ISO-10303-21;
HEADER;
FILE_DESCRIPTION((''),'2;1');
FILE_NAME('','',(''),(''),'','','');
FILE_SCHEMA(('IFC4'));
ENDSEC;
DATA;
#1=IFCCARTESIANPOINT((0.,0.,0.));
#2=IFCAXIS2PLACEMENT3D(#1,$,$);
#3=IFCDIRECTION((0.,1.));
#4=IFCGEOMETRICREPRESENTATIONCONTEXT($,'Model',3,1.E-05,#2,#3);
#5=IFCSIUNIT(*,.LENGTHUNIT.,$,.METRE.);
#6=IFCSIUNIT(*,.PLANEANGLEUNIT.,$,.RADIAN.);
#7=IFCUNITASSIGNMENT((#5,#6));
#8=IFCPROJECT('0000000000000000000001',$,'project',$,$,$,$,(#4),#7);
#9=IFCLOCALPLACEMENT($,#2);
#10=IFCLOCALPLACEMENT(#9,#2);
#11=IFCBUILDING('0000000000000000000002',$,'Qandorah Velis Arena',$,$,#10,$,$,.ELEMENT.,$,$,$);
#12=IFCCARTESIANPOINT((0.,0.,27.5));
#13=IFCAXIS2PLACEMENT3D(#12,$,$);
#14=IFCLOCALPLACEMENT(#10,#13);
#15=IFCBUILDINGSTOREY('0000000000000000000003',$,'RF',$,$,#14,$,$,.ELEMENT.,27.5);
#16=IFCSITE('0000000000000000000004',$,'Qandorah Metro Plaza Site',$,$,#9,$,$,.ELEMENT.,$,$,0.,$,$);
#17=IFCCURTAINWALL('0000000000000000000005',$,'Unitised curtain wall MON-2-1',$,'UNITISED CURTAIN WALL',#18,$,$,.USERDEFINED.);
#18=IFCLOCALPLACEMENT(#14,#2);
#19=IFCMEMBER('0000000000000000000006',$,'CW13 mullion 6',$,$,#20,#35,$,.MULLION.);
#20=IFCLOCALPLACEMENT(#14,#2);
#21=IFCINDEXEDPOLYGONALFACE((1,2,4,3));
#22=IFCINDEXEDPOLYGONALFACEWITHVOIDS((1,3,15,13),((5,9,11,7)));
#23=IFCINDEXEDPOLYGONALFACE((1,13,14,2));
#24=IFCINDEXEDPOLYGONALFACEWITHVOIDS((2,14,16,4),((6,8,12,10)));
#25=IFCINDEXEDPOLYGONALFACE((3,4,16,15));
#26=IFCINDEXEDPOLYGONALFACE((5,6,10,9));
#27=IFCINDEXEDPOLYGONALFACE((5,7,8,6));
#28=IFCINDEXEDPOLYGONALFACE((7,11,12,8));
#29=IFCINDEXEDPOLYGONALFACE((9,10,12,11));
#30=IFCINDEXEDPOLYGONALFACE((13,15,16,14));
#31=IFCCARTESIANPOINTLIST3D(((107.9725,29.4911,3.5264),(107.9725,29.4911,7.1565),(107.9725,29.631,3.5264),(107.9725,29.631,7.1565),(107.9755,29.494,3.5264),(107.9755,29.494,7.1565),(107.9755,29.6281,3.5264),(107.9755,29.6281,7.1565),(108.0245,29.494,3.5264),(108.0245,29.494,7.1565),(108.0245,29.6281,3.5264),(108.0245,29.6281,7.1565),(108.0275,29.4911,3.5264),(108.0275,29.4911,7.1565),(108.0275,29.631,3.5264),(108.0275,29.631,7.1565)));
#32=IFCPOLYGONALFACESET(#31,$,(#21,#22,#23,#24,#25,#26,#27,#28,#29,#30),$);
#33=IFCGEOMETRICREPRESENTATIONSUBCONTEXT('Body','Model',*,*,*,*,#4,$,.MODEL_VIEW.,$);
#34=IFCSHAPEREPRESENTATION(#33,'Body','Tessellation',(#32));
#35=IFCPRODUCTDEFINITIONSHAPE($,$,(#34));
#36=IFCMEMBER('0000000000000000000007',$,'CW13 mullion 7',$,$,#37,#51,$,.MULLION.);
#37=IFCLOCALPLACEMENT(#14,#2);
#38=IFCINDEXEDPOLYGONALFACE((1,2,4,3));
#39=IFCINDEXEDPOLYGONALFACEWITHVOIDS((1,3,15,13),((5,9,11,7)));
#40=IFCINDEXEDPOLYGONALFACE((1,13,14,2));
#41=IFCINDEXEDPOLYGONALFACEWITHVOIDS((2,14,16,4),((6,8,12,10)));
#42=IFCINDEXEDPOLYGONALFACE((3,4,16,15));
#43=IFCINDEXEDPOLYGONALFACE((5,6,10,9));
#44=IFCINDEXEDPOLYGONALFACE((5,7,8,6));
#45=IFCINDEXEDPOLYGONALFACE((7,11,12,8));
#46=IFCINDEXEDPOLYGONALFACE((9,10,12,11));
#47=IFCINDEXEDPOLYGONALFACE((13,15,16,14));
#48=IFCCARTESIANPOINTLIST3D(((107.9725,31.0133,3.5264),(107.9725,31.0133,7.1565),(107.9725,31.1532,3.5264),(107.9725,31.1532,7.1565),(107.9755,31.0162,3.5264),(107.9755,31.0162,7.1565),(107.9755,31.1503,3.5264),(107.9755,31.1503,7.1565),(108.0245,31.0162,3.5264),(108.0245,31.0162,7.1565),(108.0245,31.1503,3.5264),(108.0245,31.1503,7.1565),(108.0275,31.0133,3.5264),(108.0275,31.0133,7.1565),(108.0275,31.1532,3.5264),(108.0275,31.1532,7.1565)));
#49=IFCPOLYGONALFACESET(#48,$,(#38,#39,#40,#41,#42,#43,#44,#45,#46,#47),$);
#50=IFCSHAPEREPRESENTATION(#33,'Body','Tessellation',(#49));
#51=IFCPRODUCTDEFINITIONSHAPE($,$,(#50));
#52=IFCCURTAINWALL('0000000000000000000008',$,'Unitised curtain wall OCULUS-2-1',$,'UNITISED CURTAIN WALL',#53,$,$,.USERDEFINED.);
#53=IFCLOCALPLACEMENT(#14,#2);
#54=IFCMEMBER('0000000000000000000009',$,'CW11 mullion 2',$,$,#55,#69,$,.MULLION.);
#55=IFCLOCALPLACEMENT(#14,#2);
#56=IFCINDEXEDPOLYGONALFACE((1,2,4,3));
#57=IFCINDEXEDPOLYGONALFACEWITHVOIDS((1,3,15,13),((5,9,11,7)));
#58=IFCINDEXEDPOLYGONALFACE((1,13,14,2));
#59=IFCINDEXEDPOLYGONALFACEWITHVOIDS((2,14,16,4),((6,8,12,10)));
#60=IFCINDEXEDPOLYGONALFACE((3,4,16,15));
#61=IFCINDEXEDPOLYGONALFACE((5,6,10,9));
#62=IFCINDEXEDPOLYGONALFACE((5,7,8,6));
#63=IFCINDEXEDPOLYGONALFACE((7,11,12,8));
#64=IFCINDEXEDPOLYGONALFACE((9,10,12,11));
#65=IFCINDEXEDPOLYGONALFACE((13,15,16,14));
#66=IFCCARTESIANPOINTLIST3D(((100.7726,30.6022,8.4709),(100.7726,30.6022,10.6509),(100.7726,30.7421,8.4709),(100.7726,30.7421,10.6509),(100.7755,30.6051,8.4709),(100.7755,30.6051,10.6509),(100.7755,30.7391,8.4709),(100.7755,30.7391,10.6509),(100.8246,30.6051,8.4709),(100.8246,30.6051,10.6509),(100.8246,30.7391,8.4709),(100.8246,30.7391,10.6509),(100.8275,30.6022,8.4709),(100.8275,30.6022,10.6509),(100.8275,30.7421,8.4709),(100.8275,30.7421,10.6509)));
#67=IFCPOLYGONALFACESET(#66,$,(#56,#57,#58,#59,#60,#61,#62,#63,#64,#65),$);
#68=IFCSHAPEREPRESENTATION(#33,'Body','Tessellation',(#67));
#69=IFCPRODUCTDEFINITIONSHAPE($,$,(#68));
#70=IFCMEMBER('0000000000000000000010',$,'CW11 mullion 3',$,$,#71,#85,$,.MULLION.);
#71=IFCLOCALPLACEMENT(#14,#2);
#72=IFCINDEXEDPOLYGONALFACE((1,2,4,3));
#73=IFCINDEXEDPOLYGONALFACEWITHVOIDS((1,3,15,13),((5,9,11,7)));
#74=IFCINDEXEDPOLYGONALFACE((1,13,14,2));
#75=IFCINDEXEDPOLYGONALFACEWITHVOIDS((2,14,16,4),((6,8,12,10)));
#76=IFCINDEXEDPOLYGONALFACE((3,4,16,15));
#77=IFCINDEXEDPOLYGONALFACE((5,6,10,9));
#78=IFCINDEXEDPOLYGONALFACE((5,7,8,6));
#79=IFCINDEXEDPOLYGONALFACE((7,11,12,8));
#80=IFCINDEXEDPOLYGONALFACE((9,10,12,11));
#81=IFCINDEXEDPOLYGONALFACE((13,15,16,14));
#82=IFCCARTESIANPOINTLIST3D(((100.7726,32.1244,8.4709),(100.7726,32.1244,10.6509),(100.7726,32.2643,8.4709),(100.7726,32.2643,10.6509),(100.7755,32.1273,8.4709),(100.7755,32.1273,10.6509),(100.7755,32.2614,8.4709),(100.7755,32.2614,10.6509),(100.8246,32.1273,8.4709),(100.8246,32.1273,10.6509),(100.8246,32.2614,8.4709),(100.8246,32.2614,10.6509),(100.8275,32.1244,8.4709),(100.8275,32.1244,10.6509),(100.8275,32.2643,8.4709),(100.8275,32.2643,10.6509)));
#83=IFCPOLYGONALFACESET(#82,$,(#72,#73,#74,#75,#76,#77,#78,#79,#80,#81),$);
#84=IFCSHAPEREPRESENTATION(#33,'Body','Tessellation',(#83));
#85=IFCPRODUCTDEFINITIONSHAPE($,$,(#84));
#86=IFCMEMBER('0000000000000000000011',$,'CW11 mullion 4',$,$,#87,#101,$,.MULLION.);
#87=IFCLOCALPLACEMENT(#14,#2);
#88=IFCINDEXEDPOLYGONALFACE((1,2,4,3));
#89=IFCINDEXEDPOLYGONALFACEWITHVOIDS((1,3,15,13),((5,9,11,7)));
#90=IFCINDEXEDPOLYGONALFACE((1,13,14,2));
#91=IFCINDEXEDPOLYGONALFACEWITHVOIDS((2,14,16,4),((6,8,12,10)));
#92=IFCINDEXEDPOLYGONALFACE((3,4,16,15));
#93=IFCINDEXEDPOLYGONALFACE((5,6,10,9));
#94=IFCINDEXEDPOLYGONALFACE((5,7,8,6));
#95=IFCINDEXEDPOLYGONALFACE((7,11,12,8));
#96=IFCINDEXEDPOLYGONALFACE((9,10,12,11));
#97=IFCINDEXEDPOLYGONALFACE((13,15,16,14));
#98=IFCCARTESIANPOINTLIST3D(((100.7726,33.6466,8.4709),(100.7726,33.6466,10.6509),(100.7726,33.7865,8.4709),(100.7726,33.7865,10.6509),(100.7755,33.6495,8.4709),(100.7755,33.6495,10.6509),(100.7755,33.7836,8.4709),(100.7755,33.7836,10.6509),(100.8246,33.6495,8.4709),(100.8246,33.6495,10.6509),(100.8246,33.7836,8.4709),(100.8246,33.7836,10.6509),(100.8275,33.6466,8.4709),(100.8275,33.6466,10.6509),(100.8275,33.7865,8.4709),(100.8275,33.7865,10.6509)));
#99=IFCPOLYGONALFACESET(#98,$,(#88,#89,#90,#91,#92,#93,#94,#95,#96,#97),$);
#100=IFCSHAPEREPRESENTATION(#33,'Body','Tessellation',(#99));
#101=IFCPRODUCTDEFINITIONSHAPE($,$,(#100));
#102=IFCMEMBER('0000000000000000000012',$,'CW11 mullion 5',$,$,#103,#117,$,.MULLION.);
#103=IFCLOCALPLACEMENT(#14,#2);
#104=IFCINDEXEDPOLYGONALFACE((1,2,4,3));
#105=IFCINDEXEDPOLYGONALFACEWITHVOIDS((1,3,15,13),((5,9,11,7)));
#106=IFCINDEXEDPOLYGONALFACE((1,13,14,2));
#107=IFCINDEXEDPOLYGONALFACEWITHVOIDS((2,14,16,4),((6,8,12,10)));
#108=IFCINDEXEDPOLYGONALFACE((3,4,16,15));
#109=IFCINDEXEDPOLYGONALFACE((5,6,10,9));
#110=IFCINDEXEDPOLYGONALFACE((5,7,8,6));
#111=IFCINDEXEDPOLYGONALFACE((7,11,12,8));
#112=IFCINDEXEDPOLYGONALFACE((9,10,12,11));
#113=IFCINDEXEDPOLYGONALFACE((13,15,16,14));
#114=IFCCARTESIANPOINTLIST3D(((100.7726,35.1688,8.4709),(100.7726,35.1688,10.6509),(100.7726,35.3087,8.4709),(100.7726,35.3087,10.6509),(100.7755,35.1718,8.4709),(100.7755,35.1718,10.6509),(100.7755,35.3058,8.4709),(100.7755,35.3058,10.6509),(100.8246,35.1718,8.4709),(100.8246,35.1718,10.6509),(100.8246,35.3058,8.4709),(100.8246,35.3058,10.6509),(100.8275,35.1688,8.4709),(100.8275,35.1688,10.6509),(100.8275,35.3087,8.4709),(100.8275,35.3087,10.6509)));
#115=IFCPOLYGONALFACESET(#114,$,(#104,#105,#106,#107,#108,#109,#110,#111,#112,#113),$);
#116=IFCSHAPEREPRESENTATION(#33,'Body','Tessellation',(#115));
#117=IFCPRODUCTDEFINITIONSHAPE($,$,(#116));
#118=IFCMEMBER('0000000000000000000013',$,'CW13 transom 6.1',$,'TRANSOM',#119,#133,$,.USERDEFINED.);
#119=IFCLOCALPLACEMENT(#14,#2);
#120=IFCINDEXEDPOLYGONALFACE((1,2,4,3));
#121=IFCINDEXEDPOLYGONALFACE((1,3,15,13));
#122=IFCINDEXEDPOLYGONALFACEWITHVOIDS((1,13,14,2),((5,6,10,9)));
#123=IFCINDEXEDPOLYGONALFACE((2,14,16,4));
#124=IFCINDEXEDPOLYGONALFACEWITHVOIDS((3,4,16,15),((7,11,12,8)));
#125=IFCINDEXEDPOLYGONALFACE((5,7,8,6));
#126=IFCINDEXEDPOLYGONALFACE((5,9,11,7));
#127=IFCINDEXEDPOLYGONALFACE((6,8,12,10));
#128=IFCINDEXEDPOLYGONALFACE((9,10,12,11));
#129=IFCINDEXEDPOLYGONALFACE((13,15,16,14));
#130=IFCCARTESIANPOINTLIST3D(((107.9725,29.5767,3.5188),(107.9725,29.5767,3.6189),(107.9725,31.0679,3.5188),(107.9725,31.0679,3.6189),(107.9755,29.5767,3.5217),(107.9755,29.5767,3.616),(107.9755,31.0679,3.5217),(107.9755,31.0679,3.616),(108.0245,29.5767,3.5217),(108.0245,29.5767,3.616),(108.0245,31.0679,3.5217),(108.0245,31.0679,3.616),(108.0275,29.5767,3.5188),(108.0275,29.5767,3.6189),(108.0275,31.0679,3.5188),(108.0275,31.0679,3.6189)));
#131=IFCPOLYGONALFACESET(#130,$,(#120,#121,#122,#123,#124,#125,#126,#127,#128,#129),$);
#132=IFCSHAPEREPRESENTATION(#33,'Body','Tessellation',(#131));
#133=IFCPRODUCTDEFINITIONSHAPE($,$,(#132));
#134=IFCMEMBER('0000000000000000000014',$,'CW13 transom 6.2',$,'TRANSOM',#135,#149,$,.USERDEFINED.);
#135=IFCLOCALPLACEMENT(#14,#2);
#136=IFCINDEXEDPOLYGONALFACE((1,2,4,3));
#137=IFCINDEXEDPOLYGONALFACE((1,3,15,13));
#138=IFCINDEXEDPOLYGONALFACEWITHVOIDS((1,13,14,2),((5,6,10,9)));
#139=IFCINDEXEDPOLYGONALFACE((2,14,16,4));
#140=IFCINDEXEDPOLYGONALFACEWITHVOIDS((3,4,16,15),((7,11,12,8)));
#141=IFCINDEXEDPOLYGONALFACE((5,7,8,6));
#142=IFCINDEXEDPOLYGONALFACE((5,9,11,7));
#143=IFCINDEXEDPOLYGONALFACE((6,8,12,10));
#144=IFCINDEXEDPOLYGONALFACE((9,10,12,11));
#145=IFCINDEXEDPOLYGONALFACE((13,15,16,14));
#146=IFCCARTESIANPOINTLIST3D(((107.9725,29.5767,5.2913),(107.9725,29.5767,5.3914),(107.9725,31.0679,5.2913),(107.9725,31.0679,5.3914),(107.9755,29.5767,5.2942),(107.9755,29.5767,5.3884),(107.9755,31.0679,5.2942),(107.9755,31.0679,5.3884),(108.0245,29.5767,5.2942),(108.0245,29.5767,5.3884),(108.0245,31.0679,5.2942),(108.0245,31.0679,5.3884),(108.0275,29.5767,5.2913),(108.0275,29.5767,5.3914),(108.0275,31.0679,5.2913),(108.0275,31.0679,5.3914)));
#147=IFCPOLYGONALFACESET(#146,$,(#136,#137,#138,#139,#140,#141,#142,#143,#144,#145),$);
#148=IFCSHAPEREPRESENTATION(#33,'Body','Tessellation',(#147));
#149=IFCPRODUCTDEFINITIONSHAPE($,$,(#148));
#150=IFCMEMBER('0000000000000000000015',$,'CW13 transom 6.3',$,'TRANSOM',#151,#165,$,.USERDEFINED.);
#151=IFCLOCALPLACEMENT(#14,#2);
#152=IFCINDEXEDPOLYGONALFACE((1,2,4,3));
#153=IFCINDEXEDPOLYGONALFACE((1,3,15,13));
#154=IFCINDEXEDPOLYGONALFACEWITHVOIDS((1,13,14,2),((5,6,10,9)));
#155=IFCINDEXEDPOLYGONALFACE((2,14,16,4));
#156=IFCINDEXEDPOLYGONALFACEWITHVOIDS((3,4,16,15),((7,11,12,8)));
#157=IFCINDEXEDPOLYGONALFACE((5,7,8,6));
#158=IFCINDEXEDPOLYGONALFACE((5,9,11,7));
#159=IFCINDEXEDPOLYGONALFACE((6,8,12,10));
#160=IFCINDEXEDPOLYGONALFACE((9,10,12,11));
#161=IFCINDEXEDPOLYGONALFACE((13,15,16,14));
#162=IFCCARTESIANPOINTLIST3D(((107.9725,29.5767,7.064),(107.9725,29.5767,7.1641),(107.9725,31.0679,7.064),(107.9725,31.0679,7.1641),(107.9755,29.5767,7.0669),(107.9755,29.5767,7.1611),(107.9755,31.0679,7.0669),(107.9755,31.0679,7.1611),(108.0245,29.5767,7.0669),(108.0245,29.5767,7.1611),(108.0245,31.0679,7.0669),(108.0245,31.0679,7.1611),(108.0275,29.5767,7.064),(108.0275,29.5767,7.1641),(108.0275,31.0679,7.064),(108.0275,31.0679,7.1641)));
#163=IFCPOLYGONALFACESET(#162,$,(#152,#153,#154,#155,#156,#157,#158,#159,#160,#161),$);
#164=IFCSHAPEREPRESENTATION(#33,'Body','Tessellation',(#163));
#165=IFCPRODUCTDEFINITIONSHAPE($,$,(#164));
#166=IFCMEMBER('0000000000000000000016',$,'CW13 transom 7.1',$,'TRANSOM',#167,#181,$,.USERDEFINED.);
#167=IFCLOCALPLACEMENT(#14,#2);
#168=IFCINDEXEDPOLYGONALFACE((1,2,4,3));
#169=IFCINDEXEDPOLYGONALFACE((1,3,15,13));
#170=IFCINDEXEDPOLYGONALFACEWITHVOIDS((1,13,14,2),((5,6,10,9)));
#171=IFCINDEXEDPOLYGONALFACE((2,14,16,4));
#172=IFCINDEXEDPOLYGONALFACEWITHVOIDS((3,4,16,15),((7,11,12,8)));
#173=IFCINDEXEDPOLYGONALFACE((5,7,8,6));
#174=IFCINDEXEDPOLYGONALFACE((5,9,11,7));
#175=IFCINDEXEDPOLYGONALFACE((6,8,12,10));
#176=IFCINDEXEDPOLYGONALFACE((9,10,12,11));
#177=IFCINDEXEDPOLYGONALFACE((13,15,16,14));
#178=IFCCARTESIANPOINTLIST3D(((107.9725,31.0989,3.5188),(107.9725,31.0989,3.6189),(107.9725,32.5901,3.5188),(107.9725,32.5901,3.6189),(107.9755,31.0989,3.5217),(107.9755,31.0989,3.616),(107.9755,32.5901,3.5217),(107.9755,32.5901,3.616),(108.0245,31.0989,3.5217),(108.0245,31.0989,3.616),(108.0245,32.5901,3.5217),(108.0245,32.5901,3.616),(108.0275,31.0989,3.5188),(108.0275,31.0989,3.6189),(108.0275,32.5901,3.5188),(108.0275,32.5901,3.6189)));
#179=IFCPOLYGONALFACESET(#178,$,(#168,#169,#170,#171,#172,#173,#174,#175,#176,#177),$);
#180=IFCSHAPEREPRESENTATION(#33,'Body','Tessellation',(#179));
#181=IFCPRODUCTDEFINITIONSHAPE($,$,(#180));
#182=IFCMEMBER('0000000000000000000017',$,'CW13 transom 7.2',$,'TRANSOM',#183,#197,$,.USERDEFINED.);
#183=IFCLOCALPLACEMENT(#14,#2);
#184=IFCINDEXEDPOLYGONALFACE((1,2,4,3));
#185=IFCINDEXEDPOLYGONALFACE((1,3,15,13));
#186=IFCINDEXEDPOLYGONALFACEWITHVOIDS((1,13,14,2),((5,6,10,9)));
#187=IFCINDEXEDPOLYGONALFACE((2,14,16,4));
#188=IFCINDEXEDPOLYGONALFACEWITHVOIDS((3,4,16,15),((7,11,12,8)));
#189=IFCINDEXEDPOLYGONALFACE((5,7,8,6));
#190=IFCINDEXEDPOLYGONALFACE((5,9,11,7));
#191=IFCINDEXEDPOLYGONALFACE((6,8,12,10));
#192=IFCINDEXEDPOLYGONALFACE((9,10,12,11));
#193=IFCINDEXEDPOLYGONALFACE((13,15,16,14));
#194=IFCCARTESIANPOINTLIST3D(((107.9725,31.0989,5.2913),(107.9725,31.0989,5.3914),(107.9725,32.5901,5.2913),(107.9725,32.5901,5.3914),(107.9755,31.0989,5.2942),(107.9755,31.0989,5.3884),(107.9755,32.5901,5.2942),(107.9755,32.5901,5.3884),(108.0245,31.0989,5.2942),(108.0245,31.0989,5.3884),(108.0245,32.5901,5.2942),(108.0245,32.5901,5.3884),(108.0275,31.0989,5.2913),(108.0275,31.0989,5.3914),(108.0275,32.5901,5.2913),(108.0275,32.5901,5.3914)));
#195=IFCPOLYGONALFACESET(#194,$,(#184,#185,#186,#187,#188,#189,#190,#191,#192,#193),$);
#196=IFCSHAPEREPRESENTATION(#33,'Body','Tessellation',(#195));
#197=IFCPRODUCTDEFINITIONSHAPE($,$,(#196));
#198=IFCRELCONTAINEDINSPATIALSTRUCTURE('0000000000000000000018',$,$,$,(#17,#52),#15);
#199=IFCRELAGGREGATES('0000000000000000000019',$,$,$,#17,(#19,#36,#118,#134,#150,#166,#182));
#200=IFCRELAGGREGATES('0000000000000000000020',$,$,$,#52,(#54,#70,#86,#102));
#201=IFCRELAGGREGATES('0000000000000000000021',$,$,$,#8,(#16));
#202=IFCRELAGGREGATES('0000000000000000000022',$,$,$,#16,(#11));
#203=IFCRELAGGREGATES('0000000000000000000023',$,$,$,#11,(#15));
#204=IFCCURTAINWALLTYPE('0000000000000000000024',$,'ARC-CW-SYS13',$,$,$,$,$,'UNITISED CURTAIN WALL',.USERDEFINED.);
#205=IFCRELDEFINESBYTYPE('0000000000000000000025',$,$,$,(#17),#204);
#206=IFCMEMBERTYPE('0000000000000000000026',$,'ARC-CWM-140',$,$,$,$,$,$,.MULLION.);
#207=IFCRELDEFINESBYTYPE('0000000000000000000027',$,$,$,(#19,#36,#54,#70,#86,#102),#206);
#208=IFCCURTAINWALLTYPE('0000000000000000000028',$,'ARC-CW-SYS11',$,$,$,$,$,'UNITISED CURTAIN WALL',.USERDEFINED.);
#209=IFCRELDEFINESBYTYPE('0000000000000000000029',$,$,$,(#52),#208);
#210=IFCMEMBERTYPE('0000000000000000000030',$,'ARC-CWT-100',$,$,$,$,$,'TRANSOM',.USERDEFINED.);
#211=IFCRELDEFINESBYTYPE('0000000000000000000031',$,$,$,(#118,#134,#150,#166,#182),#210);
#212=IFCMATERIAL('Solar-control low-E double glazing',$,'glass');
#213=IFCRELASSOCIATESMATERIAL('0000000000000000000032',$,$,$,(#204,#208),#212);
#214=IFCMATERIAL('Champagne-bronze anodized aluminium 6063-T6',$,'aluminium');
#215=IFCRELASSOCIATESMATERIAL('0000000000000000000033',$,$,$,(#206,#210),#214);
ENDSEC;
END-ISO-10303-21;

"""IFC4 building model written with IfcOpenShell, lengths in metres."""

from ifc_helpers import new_model, si_unit, direction, frame, origin, origin_2d, place, context, subcontext, project, spatial, hollow_rectangle, extrude, material, material_profile, profile_set, type_object, element, aggregate, save


model = new_model("IFC4")

# Units and contexts
model_context = context("Model", 3, precision=1e-05, world=origin(), true_north=direction((0.0, 1.0)))
body_context = subcontext(model_context, "Body", "Model", "MODEL_VIEW")
ifc_project = project(units=[si_unit("LENGTHUNIT", "METRE"), si_unit("PLANEANGLEUNIT", "RADIAN")], contexts=[model_context])

# Site, building, storey
site_placement = place(None, origin())
site = spatial("IfcSite", under=ifc_project, at=site_placement, Name="Qandorah Metro Plaza Site", CompositionType="ELEMENT", RefElevation=0.0)
building_placement = place(site_placement, origin())
building = spatial("IfcBuilding", under=site, at=building_placement, Name="Qandorah Velis Arena", CompositionType="ELEMENT")
storey_placement = place(building_placement, frame((0.0, 0.0, 27.5)))
storey = spatial("IfcBuildingStorey", under=building, at=storey_placement, Name="RF", CompositionType="ELEMENT", Elevation=27.5)

# Curtain walls, members
ifc_material_1 = material(Name="Solar-control low-E double glazing", Category="glass")
curtain_wall_type_1 = type_object("IfcCurtainWallType", Name="ARC-CW-SYS13", ElementType="UNITISED CURTAIN WALL", PredefinedType="USERDEFINED", material=ifc_material_1)
curtain_wall_1_placement = place(storey_placement, origin())
curtain_wall_1 = element("IfcCurtainWall", 1, at=curtain_wall_1_placement, inside=storey, type_object=curtain_wall_type_1, Name="Unitised curtain wall MON-2-1", ObjectType="UNITISED CURTAIN WALL", PredefinedType="USERDEFINED")
ifc_material_2 = material(Name="Champagne-bronze anodized aluminium 6063-T6", Category="aluminium")
ifc_material_profile_1 = material_profile(ifc_material_2, hollow_rectangle(XDim=0.0549, YDim=0.1399, WallThickness=0.0029, at=origin_2d()), Name="ALU MULLION 55x140")
ifc_profile_set_1 = profile_set([ifc_material_profile_1], Name="Champagne-bronze anodized aluminium 6063-T6")
member_type_1 = type_object("IfcMemberType", Name="ARC-CWM-140", PredefinedType="MULLION", material=ifc_profile_set_1)
member_1_placement = place(storey_placement, frame((108.0, 29.561, 3.5264), z_axis=(0.0, 0.0, 1.0), x_axis=(-1.0, 0.0, 0.0)))
member_1 = element("IfcMember", 2, at=member_1_placement, type_object=member_type_1, Name="CW13 mullion 6", PredefinedType="MULLION", context=body_context, shape_type="SweptSolid", body=[
    extrude(hollow_rectangle(XDim=0.0549, YDim=0.1399, WallThickness=0.0029, at=origin_2d()), origin(), (0.0, 0.0, 1.0), 3.6301),
])
member_2_placement = place(storey_placement, frame((108.0, 31.0833, 3.5264), z_axis=(0.0, 0.0, 1.0), x_axis=(-1.0, 0.0, 0.0)))
member_2 = element("IfcMember", 3, at=member_2_placement, type_object=member_type_1, Name="CW13 mullion 7", PredefinedType="MULLION", context=body_context, shape_type="SweptSolid", body=[
    extrude(hollow_rectangle(XDim=0.0549, YDim=0.1399, WallThickness=0.0029, at=origin_2d()), origin(), (0.0, 0.0, 1.0), 3.6301),
])
curtain_wall_type_2 = type_object("IfcCurtainWallType", Name="ARC-CW-SYS11", ElementType="UNITISED CURTAIN WALL", PredefinedType="USERDEFINED", material=ifc_material_1)
curtain_wall_2_placement = place(storey_placement, origin())
curtain_wall_2 = element("IfcCurtainWall", 4, at=curtain_wall_2_placement, inside=storey, type_object=curtain_wall_type_2, Name="Unitised curtain wall OCULUS-2-1", ObjectType="UNITISED CURTAIN WALL", PredefinedType="USERDEFINED")
member_3_placement = place(storey_placement, frame((100.8, 30.6721, 8.4709), z_axis=(0.0, 0.0, 1.0), x_axis=(-1.0, 0.0, 0.0)))
member_3 = element("IfcMember", 5, at=member_3_placement, type_object=member_type_1, Name="CW11 mullion 2", PredefinedType="MULLION", context=body_context, shape_type="SweptSolid", body=[
    extrude(hollow_rectangle(XDim=0.0549, YDim=0.1399, WallThickness=0.0029, at=origin_2d()), origin(), (0.0, 0.0, 1.0), 2.1799),
])
member_4_placement = place(storey_placement, frame((100.8, 32.1943, 8.4709), z_axis=(0.0, 0.0, 1.0), x_axis=(-1.0, 0.0, 0.0)))
member_4 = element("IfcMember", 6, at=member_4_placement, type_object=member_type_1, Name="CW11 mullion 3", PredefinedType="MULLION", context=body_context, shape_type="SweptSolid", body=[
    extrude(hollow_rectangle(XDim=0.0549, YDim=0.1399, WallThickness=0.0029, at=origin_2d()), origin(), (0.0, 0.0, 1.0), 2.1799),
])
member_5_placement = place(storey_placement, frame((100.8, 33.7166, 8.4709), z_axis=(0.0, 0.0, 1.0), x_axis=(-1.0, 0.0, 0.0)))
member_5 = element("IfcMember", 7, at=member_5_placement, type_object=member_type_1, Name="CW11 mullion 4", PredefinedType="MULLION", context=body_context, shape_type="SweptSolid", body=[
    extrude(hollow_rectangle(XDim=0.0549, YDim=0.1399, WallThickness=0.0029, at=origin_2d()), origin(), (0.0, 0.0, 1.0), 2.1799),
])
member_6_placement = place(storey_placement, frame((100.8, 35.2388, 8.4709), z_axis=(0.0, 0.0, 1.0), x_axis=(-1.0, 0.0, 0.0)))
member_6 = element("IfcMember", 8, at=member_6_placement, type_object=member_type_1, Name="CW11 mullion 5", PredefinedType="MULLION", context=body_context, shape_type="SweptSolid", body=[
    extrude(hollow_rectangle(XDim=0.0549, YDim=0.1399, WallThickness=0.0029, at=origin_2d()), origin(), (0.0, 0.0, 1.0), 2.1799),
])

# Members
ifc_material_profile_2 = material_profile(ifc_material_2, hollow_rectangle(XDim=0.0549, YDim=0.1001, WallThickness=0.0029, at=origin_2d()), Name="ALU TRANSOM 55x100")
ifc_profile_set_2 = profile_set([ifc_material_profile_2], Name="Champagne-bronze anodized aluminium 6063-T6")
member_type_2 = type_object("IfcMemberType", Name="ARC-CWT-100", ElementType="TRANSOM", PredefinedType="USERDEFINED", material=ifc_profile_set_2)
member_7_placement = place(storey_placement, frame((108.0, 29.5767, 3.5688), z_axis=(0.0, 1.0, 0.0), x_axis=(-1.0, 0.0, 0.0)))
member_7 = element("IfcMember", 9, at=member_7_placement, type_object=member_type_2, Name="CW13 transom 6.1", ObjectType="TRANSOM", PredefinedType="USERDEFINED", context=body_context, shape_type="SweptSolid", body=[
    extrude(hollow_rectangle(XDim=0.0549, YDim=0.1001, WallThickness=0.0029, at=origin_2d()), origin(), (0.0, 0.0, 1.0), 1.4912),
])
member_8_placement = place(storey_placement, frame((108.0, 29.5767, 5.3413), z_axis=(0.0, 1.0, 0.0), x_axis=(-1.0, 0.0, 0.0)))
member_8 = element("IfcMember", 10, at=member_8_placement, type_object=member_type_2, Name="CW13 transom 6.2", ObjectType="TRANSOM", PredefinedType="USERDEFINED", context=body_context, shape_type="SweptSolid", body=[
    extrude(hollow_rectangle(XDim=0.0549, YDim=0.1001, WallThickness=0.0029, at=origin_2d()), origin(), (0.0, 0.0, 1.0), 1.4912),
])
member_9_placement = place(storey_placement, frame((108.0, 29.5767, 7.114), z_axis=(0.0, 1.0, 0.0), x_axis=(-1.0, 0.0, 0.0)))
member_9 = element("IfcMember", 11, at=member_9_placement, type_object=member_type_2, Name="CW13 transom 6.3", ObjectType="TRANSOM", PredefinedType="USERDEFINED", context=body_context, shape_type="SweptSolid", body=[
    extrude(hollow_rectangle(XDim=0.0549, YDim=0.1001, WallThickness=0.0029, at=origin_2d()), origin(), (0.0, 0.0, 1.0), 1.4912),
])
member_10_placement = place(storey_placement, frame((108.0, 31.0989, 3.5688), z_axis=(0.0, 1.0, 0.0), x_axis=(-1.0, 0.0, 0.0)))
member_10 = element("IfcMember", 12, at=member_10_placement, type_object=member_type_2, Name="CW13 transom 7.1", ObjectType="TRANSOM", PredefinedType="USERDEFINED", context=body_context, shape_type="SweptSolid", body=[
    extrude(hollow_rectangle(XDim=0.0549, YDim=0.1001, WallThickness=0.0029, at=origin_2d()), origin(), (0.0, 0.0, 1.0), 1.4912),
])
member_11_placement = place(storey_placement, frame((108.0, 31.0989, 5.3413), z_axis=(0.0, 1.0, 0.0), x_axis=(-1.0, 0.0, 0.0)))
member_11 = element("IfcMember", 13, at=member_11_placement, type_object=member_type_2, Name="CW13 transom 7.2", ObjectType="TRANSOM", PredefinedType="USERDEFINED", context=body_context, shape_type="SweptSolid", body=[
    extrude(hollow_rectangle(XDim=0.0549, YDim=0.1001, WallThickness=0.0029, at=origin_2d()), origin(), (0.0, 0.0, 1.0), 1.4912),
])

aggregate(curtain_wall_1, [member_1, member_2, member_7, member_8, member_9, member_10, member_11])
aggregate(curtain_wall_2, [member_3, member_4, member_5, member_6])

save(model, "model.ifc")
